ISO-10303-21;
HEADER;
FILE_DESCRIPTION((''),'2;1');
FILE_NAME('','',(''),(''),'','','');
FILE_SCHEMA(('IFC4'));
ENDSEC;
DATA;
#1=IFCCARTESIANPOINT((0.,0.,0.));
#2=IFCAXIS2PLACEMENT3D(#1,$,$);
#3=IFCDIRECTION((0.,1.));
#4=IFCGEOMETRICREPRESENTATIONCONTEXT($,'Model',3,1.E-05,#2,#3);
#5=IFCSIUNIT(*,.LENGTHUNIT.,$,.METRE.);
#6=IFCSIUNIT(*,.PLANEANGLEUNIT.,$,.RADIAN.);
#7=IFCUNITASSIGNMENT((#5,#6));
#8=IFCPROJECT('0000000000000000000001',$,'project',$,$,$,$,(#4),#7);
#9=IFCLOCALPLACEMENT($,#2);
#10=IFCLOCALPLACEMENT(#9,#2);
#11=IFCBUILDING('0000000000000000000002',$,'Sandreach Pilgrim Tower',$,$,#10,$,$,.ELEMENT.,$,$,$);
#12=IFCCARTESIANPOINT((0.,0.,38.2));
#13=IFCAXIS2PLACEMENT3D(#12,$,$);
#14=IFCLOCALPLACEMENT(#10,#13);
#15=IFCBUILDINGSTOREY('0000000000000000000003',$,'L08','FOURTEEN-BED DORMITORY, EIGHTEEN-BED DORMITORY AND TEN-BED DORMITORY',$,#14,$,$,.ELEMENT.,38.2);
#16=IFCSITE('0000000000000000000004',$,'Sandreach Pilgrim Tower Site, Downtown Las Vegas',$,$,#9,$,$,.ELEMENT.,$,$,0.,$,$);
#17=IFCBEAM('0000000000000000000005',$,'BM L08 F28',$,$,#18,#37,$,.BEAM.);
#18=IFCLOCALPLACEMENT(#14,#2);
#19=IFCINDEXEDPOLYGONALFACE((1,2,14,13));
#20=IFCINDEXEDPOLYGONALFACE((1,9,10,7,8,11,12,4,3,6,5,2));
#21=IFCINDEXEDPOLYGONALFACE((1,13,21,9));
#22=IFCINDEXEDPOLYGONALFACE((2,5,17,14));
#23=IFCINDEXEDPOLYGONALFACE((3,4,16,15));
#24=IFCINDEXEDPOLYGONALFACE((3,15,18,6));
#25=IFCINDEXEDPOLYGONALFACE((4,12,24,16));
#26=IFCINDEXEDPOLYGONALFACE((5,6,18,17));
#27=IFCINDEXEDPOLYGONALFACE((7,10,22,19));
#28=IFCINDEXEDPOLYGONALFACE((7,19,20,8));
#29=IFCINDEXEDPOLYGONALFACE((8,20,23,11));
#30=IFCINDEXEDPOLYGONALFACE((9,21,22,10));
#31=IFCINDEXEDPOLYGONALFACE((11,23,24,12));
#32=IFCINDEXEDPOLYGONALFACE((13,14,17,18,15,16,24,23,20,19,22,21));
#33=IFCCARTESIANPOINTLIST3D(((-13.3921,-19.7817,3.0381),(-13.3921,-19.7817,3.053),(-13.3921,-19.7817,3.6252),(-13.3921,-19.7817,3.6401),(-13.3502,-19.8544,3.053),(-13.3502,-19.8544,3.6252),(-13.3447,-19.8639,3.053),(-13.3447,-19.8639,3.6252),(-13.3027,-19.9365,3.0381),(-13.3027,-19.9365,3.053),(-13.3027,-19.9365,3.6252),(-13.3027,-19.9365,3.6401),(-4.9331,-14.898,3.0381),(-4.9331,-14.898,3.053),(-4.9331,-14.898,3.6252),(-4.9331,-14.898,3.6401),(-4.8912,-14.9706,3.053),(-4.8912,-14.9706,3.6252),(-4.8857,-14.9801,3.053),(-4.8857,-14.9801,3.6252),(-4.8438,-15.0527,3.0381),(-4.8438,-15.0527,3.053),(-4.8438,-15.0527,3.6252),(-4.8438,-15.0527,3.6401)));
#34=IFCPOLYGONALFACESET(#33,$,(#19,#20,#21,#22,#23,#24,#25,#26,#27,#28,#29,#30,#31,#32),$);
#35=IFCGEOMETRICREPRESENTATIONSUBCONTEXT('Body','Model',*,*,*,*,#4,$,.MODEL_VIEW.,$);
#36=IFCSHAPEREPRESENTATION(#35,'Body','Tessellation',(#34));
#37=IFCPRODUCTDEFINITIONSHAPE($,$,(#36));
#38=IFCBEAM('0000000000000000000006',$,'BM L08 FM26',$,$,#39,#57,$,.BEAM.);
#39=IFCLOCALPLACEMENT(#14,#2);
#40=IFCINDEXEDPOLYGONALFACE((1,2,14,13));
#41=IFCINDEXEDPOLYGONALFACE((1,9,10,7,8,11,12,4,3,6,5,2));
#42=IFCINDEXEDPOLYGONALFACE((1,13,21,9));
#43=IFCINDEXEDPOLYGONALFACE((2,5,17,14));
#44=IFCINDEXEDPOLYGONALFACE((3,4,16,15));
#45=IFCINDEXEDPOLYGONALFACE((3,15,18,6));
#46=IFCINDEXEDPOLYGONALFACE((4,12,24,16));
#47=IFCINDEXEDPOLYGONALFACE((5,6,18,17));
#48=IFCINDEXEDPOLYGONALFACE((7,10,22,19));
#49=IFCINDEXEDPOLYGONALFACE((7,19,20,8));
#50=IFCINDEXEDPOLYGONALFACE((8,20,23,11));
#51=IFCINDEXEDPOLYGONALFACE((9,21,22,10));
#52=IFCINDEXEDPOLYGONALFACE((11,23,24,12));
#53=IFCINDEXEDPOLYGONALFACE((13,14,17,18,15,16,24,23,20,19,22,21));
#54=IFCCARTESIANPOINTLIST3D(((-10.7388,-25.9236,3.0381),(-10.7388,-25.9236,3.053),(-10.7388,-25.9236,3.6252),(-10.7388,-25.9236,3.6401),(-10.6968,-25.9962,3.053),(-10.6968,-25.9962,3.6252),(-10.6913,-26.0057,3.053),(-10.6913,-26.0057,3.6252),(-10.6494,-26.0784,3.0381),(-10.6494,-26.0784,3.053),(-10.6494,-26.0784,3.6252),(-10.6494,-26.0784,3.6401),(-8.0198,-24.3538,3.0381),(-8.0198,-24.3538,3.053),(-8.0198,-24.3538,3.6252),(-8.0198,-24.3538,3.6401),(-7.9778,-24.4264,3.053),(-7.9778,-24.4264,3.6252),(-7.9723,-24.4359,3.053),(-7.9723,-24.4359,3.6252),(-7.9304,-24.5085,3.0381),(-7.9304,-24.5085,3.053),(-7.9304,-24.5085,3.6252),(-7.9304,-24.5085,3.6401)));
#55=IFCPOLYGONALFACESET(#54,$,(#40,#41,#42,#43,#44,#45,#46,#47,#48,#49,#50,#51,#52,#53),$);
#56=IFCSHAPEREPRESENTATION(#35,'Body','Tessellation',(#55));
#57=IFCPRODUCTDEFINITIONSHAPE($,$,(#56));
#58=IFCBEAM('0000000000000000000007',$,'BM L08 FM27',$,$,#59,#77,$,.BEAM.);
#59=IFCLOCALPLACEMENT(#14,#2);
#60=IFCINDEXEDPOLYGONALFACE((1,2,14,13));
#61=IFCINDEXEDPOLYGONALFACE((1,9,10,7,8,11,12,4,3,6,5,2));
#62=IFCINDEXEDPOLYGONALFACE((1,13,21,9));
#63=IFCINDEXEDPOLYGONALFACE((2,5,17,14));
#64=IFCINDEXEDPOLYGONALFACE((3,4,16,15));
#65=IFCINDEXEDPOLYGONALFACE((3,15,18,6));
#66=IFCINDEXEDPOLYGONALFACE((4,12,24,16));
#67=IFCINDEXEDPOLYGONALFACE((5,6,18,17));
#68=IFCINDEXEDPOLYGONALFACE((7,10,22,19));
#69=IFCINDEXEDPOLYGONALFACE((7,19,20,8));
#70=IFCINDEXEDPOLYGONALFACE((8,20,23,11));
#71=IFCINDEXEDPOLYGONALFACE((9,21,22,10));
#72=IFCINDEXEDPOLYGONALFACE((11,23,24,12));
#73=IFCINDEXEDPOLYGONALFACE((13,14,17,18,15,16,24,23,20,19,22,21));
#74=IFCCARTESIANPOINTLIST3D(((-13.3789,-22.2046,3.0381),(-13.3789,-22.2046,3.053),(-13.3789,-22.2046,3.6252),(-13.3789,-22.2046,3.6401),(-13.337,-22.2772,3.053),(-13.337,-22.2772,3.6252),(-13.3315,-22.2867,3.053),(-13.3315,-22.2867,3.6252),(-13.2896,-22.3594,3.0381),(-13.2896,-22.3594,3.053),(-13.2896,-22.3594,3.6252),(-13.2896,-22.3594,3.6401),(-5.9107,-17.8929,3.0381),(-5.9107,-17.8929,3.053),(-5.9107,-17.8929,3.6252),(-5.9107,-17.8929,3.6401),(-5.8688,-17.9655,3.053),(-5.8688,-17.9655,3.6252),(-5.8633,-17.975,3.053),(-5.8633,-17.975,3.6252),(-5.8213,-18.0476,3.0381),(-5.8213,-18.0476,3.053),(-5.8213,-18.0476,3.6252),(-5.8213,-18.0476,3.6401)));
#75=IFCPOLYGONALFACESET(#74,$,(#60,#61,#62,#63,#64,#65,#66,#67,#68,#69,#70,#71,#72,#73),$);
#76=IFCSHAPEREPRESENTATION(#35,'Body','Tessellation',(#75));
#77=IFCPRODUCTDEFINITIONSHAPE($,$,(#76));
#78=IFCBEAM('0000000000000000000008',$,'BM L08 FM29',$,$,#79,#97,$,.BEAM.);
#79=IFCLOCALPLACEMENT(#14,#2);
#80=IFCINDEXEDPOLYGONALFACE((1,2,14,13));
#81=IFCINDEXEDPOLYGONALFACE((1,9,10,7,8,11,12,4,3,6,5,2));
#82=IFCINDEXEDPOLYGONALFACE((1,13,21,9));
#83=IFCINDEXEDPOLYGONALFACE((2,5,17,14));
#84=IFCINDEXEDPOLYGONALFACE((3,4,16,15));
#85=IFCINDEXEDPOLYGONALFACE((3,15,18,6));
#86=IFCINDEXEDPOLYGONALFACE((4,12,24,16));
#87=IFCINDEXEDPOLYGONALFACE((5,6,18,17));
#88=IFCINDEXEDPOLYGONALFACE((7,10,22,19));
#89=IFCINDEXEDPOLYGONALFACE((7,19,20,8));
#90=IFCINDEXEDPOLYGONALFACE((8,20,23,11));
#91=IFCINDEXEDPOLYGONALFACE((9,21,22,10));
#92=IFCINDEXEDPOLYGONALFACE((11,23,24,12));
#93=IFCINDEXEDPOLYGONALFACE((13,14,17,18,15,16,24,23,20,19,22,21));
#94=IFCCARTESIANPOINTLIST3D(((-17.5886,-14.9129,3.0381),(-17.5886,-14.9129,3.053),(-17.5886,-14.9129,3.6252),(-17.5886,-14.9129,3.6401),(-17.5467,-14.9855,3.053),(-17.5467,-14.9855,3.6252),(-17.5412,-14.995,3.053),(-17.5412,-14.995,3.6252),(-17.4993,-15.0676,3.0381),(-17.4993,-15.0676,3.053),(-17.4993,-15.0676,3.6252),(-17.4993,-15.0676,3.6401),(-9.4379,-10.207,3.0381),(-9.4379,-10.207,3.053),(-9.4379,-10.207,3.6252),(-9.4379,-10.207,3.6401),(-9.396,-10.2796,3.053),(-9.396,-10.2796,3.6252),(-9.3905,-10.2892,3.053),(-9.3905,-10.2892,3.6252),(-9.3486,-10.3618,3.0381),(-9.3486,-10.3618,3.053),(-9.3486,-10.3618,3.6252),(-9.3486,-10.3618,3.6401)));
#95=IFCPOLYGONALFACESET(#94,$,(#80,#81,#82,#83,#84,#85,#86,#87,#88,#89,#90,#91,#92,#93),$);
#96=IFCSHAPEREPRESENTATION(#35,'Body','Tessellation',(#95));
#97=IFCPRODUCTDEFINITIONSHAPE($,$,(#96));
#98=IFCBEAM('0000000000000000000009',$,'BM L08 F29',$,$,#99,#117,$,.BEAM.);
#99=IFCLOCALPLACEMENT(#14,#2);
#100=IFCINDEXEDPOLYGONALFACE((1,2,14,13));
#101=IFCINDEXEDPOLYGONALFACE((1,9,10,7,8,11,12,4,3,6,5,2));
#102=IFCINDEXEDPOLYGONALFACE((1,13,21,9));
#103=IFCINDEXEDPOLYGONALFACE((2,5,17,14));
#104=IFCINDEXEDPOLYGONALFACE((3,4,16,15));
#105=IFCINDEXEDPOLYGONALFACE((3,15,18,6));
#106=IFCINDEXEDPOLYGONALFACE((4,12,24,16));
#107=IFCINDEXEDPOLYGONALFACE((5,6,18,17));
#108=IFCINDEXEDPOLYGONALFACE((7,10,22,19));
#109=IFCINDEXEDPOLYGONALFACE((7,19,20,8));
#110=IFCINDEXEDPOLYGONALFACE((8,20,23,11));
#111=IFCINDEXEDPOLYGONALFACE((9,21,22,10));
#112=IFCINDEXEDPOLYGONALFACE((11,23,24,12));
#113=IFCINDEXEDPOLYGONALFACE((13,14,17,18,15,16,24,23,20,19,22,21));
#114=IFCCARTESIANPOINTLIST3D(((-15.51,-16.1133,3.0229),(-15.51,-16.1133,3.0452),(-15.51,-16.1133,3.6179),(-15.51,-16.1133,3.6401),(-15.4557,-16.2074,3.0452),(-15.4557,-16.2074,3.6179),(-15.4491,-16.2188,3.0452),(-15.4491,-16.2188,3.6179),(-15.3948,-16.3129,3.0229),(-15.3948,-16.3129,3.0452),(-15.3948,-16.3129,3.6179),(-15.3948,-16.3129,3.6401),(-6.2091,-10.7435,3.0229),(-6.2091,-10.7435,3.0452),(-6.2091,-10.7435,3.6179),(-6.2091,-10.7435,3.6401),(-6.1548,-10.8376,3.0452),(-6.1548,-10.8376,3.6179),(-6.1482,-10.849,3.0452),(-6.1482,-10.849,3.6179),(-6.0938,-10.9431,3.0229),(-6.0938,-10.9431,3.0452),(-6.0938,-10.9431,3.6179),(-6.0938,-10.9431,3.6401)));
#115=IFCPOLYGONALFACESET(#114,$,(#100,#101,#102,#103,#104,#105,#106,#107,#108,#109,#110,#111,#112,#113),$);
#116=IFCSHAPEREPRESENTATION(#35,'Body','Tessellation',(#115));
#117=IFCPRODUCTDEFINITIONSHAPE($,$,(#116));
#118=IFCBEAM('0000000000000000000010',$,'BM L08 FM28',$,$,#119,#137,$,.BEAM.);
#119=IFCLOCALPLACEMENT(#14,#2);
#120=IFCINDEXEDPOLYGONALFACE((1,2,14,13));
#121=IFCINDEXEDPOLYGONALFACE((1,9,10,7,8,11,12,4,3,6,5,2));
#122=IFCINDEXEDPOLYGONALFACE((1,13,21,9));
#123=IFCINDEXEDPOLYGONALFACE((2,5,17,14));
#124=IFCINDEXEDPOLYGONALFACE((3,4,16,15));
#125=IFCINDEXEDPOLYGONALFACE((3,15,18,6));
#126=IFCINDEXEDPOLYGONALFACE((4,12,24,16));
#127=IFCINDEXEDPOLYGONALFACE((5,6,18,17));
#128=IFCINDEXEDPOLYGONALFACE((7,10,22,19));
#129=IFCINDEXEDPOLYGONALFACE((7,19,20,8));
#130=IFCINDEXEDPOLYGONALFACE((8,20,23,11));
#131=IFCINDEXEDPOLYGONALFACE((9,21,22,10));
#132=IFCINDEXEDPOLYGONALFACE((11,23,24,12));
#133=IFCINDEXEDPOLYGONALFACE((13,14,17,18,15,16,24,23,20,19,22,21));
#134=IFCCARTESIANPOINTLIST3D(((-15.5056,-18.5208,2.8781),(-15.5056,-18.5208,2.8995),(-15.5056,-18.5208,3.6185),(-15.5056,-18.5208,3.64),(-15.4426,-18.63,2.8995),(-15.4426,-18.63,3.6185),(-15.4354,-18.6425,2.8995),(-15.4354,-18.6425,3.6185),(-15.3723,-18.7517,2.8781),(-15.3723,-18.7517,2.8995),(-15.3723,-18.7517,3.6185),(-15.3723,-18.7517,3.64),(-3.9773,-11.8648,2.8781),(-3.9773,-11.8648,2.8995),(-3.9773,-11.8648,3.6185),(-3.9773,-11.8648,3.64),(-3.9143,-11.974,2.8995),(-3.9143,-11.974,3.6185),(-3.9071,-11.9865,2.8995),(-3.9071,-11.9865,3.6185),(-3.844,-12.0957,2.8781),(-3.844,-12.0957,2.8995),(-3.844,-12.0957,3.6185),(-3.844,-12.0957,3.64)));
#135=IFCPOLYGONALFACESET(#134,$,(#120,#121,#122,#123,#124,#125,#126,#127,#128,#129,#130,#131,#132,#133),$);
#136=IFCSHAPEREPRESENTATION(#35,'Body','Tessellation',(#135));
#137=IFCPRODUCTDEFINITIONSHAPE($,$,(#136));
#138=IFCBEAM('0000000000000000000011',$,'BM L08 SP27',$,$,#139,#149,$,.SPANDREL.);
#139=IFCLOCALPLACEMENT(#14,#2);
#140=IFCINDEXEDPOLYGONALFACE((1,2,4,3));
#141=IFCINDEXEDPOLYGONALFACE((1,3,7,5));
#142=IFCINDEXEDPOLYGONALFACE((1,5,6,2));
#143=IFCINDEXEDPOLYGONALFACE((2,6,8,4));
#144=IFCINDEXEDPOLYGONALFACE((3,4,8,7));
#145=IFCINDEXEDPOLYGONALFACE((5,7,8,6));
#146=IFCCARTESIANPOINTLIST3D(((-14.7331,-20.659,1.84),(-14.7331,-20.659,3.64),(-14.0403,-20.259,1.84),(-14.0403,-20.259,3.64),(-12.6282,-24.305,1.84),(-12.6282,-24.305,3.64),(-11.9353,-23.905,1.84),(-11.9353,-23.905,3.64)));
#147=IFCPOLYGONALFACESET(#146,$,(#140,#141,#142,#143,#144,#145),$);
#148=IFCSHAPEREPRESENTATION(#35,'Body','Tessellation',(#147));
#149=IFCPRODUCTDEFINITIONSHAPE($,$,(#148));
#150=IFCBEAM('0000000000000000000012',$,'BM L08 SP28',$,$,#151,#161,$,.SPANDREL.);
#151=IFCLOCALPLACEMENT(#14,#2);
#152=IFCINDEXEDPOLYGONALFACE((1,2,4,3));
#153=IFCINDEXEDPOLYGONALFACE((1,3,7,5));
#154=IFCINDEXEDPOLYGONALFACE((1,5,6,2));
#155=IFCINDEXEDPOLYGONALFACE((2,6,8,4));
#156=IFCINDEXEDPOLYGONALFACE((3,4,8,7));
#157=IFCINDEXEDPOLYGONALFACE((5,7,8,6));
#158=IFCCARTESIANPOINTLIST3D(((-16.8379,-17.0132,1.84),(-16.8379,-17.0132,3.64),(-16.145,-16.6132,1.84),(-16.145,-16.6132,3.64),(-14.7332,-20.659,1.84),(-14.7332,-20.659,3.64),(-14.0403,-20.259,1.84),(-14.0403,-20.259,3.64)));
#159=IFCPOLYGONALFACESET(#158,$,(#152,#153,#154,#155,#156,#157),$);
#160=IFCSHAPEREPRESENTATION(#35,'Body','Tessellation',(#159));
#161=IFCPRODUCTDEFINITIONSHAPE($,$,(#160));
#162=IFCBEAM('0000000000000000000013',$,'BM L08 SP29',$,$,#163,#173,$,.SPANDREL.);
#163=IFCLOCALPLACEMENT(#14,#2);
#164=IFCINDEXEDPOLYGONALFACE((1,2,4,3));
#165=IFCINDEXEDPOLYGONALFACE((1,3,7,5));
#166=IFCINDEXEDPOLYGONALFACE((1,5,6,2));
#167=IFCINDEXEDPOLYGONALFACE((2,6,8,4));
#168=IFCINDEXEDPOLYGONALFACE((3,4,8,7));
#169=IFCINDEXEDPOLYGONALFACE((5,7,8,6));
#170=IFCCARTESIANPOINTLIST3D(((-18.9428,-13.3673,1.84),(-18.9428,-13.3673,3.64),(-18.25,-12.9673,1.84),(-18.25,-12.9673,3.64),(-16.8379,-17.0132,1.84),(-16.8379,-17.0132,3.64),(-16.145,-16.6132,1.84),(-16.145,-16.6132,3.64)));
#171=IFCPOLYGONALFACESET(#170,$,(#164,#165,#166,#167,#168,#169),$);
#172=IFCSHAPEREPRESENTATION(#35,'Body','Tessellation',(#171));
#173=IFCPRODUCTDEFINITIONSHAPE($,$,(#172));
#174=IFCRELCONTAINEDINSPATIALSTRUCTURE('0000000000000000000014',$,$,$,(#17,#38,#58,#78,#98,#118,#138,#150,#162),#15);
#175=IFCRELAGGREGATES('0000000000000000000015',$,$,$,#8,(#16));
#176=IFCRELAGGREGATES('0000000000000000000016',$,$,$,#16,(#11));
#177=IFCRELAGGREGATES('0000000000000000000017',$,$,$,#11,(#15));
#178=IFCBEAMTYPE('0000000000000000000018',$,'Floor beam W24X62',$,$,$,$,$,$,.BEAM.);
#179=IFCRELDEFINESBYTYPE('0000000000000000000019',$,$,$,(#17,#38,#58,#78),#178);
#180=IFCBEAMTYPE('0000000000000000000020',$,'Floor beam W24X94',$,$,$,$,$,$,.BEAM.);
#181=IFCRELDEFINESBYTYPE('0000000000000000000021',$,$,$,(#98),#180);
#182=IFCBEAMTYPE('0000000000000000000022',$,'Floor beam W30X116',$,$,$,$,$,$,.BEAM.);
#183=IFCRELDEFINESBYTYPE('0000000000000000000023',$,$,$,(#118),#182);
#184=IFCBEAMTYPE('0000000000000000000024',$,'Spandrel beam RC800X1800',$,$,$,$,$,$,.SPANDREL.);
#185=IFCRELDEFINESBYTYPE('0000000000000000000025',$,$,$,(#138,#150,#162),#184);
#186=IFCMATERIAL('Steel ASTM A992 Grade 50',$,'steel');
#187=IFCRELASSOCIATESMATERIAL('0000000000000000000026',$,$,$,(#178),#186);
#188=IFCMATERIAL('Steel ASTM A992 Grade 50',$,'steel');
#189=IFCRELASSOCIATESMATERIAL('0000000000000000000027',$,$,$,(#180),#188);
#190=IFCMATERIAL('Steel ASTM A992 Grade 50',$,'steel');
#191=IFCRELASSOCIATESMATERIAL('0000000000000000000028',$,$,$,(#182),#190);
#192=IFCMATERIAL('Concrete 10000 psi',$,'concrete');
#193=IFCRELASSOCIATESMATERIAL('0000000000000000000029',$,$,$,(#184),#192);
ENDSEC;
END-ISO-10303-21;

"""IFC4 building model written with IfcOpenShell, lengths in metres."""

from ifc_helpers import new_model, si_unit, direction, frame, origin, origin_2d, place, context, subcontext, project, spatial, rectangle, i_section, extrude, material, material_profile, profile_set, type_object, element, save


model = new_model("IFC4")

# Units and contexts
model_context = context("Model", 3, precision=1e-05, world=origin(), true_north=direction((0.0, 1.0)))
body_context = subcontext(model_context, "Body", "Model", "MODEL_VIEW")
ifc_project = project(units=[si_unit("LENGTHUNIT", "METRE"), si_unit("PLANEANGLEUNIT", "RADIAN")], contexts=[model_context])

# Site, building, storey
site_placement = place(None, origin())
site = spatial("IfcSite", under=ifc_project, at=site_placement, Name="Sandreach Pilgrim Tower Site, Downtown Las Vegas", CompositionType="ELEMENT", RefElevation=0.0)
building_placement = place(site_placement, origin())
building = spatial("IfcBuilding", under=site, at=building_placement, Name="Sandreach Pilgrim Tower", CompositionType="ELEMENT")
storey_placement = place(building_placement, frame((0.0, 0.0, 38.2)))
storey = spatial("IfcBuildingStorey", under=building, at=storey_placement, Name="L08", Description="FOURTEEN-BED DORMITORY, EIGHTEEN-BED DORMITORY AND TEN-BED DORMITORY", CompositionType="ELEMENT", Elevation=38.2)

# Beams
ifc_material_1 = material(Name="Steel ASTM A992 Grade 50", Category="steel")
ifc_material_profile_1 = material_profile(ifc_material_1, i_section(OverallWidth=0.1787, OverallDepth=0.6021, WebThickness=0.011, FlangeThickness=0.0149, at=origin_2d()), Name="W24X62")
ifc_profile_set_1 = profile_set([ifc_material_profile_1], Name="Steel ASTM A992 Grade 50")
beam_type_1 = type_object("IfcBeamType", Name="Floor beam W24X62", PredefinedType="BEAM", material=ifc_profile_set_1)
beam_1_placement = place(storey_placement, frame((-13.3474, -19.8591, 3.3391), z_axis=(0.866026, 0.499999, 0.0), x_axis=(-0.499999, 0.866026, 0.0)))
element("IfcBeam", 1, at=beam_1_placement, inside=storey, type_object=beam_type_1, Name="BM L08 F28", PredefinedType="BEAM", context=body_context, shape_type="SweptSolid", body=[
    extrude(i_section(OverallWidth=0.1787, OverallDepth=0.6021, WebThickness=0.011, FlangeThickness=0.0149, at=origin_2d()), origin(), (0.0, 0.0, 1.0), 9.7676),
])
beam_2_placement = place(storey_placement, frame((-10.6941, -26.001, 3.3391), z_axis=(0.866024, 0.500003, 0.0), x_axis=(-0.500003, 0.866024, 0.0)))
element("IfcBeam", 2, at=beam_2_placement, inside=storey, type_object=beam_type_1, Name="BM L08 FM26", PredefinedType="BEAM", context=body_context, shape_type="SweptSolid", body=[
    extrude(i_section(OverallWidth=0.1787, OverallDepth=0.6021, WebThickness=0.011, FlangeThickness=0.0149, at=origin_2d()), origin(), (0.0, 0.0, 1.0), 3.1396),
])
beam_3_placement = place(storey_placement, frame((-13.3342, -22.282, 3.3391), z_axis=(0.866027, 0.499997, 0.0), x_axis=(-0.499997, 0.866027, 0.0)))
element("IfcBeam", 3, at=beam_3_placement, inside=storey, type_object=beam_type_1, Name="BM L08 FM27", PredefinedType="BEAM", context=body_context, shape_type="SweptSolid", body=[
    extrude(i_section(OverallWidth=0.1787, OverallDepth=0.6021, WebThickness=0.011, FlangeThickness=0.0149, at=origin_2d()), origin(), (0.0, 0.0, 1.0), 8.6235),
])
beam_4_placement = place(storey_placement, frame((-17.5439, -14.9902, 3.3391), z_axis=(0.866024, 0.500003, 0.0), x_axis=(-0.500003, 0.866024, 0.0)))
element("IfcBeam", 4, at=beam_4_placement, inside=storey, type_object=beam_type_1, Name="BM L08 FM29", PredefinedType="BEAM", context=body_context, shape_type="SweptSolid", body=[
    extrude(i_section(OverallWidth=0.1787, OverallDepth=0.6021, WebThickness=0.011, FlangeThickness=0.0149, at=origin_2d()), origin(), (0.0, 0.0, 1.0), 9.4116),
])
ifc_material_2 = material(Name="Steel ASTM A992 Grade 50", Category="steel")
ifc_material_profile_2 = material_profile(ifc_material_2, i_section(OverallWidth=0.2305, OverallDepth=0.6172, WebThickness=0.0132, FlangeThickness=0.0222, at=origin_2d()), Name="W24X94")
ifc_profile_set_2 = profile_set([ifc_material_profile_2], Name="Steel ASTM A992 Grade 50")
beam_type_2 = type_object("IfcBeamType", Name="Floor beam W24X94", PredefinedType="BEAM", material=ifc_profile_set_2)
beam_5_placement = place(storey_placement, frame((-15.4524, -16.2131, 3.3315), z_axis=(0.866028, 0.499995, 0.0), x_axis=(-0.499995, 0.866028, 0.0)))
element("IfcBeam", 5, at=beam_5_placement, inside=storey, type_object=beam_type_2, Name="BM L08 F29", PredefinedType="BEAM", context=body_context, shape_type="SweptSolid", body=[
    extrude(i_section(OverallWidth=0.2305, OverallDepth=0.6172, WebThickness=0.0132, FlangeThickness=0.0222, at=origin_2d()), origin(), (0.0, 0.0, 1.0), 10.7397),
])
ifc_material_3 = material(Name="Steel ASTM A992 Grade 50", Category="steel")
ifc_material_profile_3 = material_profile(ifc_material_3, i_section(OverallWidth=0.2666, OverallDepth=0.762, WebThickness=0.0144, FlangeThickness=0.0215, at=origin_2d()), Name="W30X116")
ifc_profile_set_3 = profile_set([ifc_material_profile_3], Name="Steel ASTM A992 Grade 50")
beam_type_3 = type_object("IfcBeamType", Name="Floor beam W30X116", PredefinedType="BEAM", material=ifc_profile_set_3)
beam_6_placement = place(storey_placement, frame((-15.439, -18.6362, 3.259), z_axis=(0.866021, 0.500007, 0.0), x_axis=(-0.500007, 0.866021, 0.0)))
element("IfcBeam", 6, at=beam_6_placement, inside=storey, type_object=beam_type_3, Name="BM L08 FM28", PredefinedType="BEAM", context=body_context, shape_type="SweptSolid", body=[
    extrude(i_section(OverallWidth=0.2666, OverallDepth=0.762, WebThickness=0.0144, FlangeThickness=0.0215, at=origin_2d()), origin(), (0.0, 0.0, 1.0), 13.3118),
])
ifc_material_4 = material(Name="Concrete 10000 psi", Category="concrete")
ifc_material_profile_4 = material_profile(ifc_material_4, rectangle(XDim=0.8, YDim=1.8, at=origin_2d()), Name="RC800X1800")
ifc_profile_set_4 = profile_set([ifc_material_profile_4], Name="Concrete 10000 psi")
beam_type_4 = type_object("IfcBeamType", Name="Spandrel beam RC800X1800", PredefinedType="SPANDREL", material=ifc_profile_set_4)
beam_7_placement = place(storey_placement, frame((-12.2817, -24.105, 2.74), z_axis=(-0.499994, 0.866029, 0.0), x_axis=(-0.866029, -0.499994, 0.0)))
element("IfcBeam", 7, at=beam_7_placement, inside=storey, type_object=beam_type_4, Name="BM L08 SP27", PredefinedType="SPANDREL", context=body_context, shape_type="SweptSolid", body=[
    extrude(rectangle(XDim=0.8, YDim=1.8, at=origin_2d()), origin(), (0.0, 0.0, 1.0), 4.21),
])
beam_8_placement = place(storey_placement, frame((-14.3867, -20.459, 2.74), z_axis=(-0.499975, 0.86604, 0.0), x_axis=(-0.86604, -0.499975, 0.0)))
element("IfcBeam", 8, at=beam_8_placement, inside=storey, type_object=beam_type_4, Name="BM L08 SP28", PredefinedType="SPANDREL", context=body_context, shape_type="SweptSolid", body=[
    extrude(rectangle(XDim=0.8, YDim=1.8, at=origin_2d()), origin(), (0.0, 0.0, 1.0), 4.2097),
])
beam_9_placement = place(storey_placement, frame((-16.4915, -16.8132, 2.74), z_axis=(-0.499994, 0.866029, 0.0), x_axis=(-0.866029, -0.499994, 0.0)))
element("IfcBeam", 9, at=beam_9_placement, inside=storey, type_object=beam_type_4, Name="BM L08 SP29", PredefinedType="SPANDREL", context=body_context, shape_type="SweptSolid", body=[
    extrude(rectangle(XDim=0.8, YDim=1.8, at=origin_2d()), origin(), (0.0, 0.0, 1.0), 4.21),
])

save(model, "model.ifc")
